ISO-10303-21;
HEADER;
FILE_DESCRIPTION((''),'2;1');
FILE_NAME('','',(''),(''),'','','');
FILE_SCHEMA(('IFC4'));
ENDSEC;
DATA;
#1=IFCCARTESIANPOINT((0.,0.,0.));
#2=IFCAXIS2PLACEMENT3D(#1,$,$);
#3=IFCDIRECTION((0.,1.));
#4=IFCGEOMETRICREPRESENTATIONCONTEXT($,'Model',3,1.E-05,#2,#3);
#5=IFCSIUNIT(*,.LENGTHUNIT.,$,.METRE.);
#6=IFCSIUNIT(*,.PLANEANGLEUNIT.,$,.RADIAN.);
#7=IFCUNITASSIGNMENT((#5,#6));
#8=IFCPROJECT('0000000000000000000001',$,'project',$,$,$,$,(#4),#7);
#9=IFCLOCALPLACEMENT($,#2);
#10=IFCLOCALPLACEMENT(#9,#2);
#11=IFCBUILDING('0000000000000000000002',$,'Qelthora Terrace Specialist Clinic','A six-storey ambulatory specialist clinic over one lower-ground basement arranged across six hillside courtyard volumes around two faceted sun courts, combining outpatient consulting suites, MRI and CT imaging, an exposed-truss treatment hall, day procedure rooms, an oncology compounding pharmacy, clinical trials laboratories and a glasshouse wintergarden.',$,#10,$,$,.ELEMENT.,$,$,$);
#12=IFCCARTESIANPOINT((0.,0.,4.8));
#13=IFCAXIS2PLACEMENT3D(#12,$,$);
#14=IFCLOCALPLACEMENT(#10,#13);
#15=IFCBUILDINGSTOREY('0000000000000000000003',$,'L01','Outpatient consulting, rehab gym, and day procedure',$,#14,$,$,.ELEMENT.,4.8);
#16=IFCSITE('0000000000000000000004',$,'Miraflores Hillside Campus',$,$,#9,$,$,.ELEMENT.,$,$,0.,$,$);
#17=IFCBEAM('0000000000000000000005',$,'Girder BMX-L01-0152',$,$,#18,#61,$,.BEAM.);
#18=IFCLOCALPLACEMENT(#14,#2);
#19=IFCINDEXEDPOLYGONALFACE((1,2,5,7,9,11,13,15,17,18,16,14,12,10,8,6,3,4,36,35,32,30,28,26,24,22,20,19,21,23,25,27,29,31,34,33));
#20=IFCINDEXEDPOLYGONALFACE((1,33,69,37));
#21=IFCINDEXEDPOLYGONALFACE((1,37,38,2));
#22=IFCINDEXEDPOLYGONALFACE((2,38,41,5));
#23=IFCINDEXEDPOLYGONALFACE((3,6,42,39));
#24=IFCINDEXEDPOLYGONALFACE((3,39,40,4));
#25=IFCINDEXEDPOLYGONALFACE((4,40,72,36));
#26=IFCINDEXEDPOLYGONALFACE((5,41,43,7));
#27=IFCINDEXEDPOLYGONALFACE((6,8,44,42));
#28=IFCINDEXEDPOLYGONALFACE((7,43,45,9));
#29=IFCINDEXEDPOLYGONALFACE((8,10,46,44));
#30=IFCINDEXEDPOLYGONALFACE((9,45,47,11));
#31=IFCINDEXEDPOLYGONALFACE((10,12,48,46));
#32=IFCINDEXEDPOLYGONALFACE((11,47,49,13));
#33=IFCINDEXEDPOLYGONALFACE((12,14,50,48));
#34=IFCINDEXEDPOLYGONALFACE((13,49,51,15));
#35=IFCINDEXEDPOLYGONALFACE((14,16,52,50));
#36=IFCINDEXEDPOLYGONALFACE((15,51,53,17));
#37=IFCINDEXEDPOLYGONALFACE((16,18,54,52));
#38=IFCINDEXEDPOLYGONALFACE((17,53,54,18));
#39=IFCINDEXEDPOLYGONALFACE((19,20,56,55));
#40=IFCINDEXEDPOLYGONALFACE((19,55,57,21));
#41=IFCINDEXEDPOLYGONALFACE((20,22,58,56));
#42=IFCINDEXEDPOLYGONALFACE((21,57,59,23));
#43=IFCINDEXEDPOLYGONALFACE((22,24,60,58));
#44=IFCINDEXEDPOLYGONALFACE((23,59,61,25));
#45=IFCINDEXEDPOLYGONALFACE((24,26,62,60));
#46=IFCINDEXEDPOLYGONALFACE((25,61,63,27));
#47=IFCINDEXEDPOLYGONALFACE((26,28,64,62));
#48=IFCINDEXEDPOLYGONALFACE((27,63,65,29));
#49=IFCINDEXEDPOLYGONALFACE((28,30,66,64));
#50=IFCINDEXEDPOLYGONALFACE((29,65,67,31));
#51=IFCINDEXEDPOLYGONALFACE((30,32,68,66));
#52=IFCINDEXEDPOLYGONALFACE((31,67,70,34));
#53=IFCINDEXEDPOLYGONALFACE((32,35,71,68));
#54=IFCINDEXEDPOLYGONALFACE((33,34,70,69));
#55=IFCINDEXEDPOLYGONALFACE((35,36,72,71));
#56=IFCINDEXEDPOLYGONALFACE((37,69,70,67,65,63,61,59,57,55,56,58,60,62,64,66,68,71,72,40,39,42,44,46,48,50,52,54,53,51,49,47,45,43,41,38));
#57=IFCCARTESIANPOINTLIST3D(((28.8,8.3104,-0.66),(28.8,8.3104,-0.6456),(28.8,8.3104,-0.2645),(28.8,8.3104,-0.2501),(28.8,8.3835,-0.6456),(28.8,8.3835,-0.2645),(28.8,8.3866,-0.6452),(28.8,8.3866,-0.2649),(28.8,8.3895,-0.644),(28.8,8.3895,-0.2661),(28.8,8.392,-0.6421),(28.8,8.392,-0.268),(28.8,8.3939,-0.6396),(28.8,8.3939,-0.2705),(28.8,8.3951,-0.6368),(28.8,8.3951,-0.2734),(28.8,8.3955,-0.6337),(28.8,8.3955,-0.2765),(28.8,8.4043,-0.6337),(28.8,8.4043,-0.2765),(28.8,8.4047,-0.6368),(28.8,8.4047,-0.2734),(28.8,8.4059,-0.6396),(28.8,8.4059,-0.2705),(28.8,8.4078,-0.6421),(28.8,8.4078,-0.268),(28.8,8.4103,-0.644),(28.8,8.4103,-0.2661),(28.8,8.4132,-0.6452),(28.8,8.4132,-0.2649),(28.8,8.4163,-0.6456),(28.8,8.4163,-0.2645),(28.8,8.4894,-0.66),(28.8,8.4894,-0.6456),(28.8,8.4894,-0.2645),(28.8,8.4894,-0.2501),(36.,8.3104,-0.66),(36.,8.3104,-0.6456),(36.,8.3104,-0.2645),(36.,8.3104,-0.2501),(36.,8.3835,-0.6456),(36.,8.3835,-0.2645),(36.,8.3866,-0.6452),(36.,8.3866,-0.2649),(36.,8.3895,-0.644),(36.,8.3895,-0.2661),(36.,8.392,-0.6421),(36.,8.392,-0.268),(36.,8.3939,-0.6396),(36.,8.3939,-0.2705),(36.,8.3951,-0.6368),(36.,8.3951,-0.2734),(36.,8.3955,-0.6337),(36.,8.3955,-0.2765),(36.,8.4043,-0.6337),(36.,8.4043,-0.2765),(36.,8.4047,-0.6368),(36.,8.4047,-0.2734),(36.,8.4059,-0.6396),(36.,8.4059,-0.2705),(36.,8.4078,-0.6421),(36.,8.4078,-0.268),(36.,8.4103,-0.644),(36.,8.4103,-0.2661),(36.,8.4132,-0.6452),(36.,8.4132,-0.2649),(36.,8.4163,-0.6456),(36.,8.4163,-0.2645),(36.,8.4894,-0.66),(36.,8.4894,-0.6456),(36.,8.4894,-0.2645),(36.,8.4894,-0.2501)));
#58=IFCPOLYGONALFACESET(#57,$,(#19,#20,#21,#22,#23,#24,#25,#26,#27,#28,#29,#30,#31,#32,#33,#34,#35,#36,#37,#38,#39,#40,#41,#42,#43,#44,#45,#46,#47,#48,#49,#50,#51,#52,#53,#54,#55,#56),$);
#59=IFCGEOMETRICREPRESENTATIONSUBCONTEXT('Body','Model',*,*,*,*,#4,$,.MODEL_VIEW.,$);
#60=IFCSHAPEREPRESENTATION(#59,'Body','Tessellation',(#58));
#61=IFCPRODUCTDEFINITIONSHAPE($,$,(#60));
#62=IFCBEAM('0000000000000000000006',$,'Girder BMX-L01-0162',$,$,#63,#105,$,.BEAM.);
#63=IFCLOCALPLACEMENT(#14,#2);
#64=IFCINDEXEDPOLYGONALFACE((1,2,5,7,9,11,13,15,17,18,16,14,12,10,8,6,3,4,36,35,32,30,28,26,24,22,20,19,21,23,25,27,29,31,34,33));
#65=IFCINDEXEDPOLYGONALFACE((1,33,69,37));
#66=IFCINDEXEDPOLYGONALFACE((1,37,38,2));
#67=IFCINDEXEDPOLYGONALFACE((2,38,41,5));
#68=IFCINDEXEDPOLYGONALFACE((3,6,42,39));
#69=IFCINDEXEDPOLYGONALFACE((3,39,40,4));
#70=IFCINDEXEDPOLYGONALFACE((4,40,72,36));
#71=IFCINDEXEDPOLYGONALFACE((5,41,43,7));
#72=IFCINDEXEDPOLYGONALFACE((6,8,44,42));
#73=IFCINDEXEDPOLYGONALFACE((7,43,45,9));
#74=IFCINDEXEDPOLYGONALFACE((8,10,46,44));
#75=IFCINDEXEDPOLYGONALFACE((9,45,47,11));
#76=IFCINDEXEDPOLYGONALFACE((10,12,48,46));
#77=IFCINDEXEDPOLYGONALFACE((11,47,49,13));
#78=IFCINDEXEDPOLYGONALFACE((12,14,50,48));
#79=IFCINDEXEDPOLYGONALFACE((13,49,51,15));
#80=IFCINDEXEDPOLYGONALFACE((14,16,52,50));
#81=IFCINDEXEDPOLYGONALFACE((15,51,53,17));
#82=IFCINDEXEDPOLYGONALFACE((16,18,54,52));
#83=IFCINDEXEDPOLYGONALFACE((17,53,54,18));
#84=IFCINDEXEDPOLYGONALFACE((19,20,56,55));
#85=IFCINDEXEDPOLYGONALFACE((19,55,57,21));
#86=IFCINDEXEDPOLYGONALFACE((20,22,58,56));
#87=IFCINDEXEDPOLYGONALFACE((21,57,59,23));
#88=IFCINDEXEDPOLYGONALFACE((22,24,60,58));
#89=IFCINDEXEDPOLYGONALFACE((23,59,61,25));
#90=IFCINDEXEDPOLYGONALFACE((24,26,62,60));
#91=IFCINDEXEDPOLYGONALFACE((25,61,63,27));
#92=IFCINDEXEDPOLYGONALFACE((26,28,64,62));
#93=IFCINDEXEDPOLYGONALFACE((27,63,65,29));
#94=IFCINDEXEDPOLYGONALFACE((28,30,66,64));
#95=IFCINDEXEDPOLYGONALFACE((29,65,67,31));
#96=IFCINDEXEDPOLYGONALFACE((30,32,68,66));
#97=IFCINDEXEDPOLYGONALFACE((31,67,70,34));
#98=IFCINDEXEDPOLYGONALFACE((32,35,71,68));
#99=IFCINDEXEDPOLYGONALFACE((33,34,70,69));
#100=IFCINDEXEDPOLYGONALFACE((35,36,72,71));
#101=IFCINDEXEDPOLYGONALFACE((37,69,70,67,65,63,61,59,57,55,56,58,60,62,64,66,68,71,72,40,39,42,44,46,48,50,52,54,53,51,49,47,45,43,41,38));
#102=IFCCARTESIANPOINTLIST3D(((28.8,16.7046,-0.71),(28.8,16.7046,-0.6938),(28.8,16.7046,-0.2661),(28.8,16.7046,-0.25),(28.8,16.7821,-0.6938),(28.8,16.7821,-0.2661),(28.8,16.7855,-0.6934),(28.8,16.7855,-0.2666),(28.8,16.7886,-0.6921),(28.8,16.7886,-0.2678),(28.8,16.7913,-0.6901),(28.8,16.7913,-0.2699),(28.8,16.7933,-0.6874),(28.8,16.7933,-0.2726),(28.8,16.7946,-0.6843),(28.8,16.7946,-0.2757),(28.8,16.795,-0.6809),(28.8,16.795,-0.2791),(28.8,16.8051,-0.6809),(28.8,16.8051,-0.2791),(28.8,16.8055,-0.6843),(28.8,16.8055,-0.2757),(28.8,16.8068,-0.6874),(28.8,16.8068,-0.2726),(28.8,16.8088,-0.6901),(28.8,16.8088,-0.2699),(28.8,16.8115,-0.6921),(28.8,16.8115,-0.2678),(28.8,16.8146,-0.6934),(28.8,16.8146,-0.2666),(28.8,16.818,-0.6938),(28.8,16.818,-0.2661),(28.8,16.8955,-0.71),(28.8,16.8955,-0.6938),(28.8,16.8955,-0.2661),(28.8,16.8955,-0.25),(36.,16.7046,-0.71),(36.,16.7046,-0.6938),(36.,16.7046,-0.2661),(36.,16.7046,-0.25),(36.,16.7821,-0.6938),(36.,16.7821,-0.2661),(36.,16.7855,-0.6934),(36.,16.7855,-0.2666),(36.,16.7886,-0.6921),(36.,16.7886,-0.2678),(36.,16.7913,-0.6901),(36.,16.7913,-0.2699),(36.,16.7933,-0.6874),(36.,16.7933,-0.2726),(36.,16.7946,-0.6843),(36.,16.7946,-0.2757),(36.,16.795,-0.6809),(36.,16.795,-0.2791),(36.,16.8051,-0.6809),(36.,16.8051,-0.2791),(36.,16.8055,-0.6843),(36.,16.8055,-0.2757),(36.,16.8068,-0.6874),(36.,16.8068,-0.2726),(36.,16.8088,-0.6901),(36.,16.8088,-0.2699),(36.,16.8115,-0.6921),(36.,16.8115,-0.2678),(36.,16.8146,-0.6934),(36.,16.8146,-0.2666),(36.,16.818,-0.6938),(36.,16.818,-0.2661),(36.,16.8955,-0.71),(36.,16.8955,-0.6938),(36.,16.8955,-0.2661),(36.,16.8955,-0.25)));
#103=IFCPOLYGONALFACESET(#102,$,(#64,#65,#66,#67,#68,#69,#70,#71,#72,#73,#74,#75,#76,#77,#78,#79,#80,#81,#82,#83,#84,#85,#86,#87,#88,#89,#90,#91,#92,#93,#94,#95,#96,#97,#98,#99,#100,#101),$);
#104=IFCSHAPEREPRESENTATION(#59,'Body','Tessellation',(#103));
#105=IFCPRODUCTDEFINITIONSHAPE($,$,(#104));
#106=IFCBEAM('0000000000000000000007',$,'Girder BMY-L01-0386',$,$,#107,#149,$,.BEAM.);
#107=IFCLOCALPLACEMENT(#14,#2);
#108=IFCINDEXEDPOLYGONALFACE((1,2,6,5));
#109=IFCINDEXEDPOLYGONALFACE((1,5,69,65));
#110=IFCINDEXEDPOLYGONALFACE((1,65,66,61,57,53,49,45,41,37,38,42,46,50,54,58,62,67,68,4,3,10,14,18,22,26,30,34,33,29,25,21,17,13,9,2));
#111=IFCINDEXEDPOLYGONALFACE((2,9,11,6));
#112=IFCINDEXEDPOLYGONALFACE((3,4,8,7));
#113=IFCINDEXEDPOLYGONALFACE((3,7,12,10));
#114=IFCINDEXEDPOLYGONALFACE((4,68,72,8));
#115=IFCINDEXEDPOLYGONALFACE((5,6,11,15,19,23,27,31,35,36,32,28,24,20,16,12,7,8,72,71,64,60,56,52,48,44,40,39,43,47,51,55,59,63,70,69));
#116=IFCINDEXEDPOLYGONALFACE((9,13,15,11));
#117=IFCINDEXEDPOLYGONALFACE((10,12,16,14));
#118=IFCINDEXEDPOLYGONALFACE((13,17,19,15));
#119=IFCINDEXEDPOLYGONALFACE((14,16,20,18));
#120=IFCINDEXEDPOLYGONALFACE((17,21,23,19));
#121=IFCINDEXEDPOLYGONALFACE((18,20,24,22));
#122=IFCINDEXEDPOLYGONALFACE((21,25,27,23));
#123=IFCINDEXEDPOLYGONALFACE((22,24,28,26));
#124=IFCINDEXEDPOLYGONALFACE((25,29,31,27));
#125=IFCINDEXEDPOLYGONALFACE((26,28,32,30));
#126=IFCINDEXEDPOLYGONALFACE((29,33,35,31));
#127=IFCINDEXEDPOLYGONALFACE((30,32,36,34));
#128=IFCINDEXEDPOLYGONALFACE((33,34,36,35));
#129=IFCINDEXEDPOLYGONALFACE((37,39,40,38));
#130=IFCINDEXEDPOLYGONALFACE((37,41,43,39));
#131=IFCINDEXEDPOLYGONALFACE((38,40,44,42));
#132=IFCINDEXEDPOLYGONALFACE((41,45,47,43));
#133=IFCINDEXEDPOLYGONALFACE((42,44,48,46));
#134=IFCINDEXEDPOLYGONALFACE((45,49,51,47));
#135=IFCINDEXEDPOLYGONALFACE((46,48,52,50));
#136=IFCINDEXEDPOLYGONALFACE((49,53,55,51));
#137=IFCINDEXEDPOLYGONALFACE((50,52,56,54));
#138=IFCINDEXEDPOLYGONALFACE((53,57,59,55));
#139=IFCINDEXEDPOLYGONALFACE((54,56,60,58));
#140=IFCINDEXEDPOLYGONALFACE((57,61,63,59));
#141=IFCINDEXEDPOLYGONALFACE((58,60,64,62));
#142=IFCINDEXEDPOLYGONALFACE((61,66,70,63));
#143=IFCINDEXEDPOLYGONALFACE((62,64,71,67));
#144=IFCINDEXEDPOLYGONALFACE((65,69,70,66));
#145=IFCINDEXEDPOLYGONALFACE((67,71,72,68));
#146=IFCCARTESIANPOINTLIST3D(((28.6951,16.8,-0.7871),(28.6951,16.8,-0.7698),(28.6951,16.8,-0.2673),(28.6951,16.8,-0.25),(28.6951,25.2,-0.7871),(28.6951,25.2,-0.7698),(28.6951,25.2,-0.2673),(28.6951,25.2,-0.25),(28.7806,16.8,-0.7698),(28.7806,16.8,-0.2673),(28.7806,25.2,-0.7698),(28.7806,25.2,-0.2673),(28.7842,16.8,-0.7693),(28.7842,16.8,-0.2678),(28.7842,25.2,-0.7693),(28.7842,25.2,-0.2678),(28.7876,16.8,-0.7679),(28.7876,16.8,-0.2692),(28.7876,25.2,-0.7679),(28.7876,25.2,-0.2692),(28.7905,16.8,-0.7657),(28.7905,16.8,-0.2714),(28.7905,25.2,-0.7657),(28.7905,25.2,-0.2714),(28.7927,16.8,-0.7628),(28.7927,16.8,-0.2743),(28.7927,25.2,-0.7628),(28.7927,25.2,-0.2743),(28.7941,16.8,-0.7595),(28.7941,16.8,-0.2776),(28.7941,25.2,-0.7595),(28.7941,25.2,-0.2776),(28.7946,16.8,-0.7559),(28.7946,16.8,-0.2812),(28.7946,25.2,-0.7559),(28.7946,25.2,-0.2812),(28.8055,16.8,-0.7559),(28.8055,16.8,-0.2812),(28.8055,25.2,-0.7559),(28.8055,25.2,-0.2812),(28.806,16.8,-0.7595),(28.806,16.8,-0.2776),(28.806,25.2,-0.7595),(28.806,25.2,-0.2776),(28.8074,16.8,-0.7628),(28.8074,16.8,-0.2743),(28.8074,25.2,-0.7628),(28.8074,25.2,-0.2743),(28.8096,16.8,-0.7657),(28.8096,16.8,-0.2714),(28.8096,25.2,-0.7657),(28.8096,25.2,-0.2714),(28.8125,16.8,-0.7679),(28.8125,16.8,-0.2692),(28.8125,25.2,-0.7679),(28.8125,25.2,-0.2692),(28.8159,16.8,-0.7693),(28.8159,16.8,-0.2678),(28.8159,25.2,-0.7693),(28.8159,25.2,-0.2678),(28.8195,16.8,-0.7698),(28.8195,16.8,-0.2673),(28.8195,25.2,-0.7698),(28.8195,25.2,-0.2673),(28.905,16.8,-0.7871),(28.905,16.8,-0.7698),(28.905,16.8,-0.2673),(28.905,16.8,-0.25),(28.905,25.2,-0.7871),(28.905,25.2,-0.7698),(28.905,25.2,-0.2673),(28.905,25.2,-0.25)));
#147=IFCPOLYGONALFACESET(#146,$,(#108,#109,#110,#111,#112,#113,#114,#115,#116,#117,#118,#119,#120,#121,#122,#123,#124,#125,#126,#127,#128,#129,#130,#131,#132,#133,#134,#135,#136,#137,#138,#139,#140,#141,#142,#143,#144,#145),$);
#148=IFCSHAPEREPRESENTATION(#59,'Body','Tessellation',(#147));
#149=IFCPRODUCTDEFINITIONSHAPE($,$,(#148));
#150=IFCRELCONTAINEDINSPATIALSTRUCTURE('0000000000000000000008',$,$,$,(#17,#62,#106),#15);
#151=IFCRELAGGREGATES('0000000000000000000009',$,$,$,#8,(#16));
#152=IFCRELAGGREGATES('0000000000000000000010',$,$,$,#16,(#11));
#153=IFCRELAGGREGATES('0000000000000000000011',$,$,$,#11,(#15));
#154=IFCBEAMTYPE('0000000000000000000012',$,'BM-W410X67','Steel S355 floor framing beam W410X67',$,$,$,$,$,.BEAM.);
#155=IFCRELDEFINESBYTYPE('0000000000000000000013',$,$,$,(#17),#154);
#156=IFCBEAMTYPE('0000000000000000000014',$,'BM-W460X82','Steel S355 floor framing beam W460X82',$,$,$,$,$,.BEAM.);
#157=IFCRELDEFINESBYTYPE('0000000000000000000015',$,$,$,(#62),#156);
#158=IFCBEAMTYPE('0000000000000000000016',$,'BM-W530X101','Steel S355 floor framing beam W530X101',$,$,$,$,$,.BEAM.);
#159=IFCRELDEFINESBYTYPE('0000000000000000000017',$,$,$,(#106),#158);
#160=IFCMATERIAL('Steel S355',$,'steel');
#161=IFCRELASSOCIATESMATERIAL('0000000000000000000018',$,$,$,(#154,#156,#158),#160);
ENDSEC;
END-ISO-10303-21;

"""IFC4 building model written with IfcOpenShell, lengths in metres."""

from ifc_helpers import new_model, si_unit, direction, frame, origin, origin_2d, place, context, subcontext, project, spatial, i_section, extrude, material, material_profile, profile_set, type_object, element, save


model = new_model("IFC4")

# Units and contexts
model_context = context("Model", 3, precision=1e-05, world=origin(), true_north=direction((0.0, 1.0)))
body_context = subcontext(model_context, "Body", "Model", "MODEL_VIEW")
ifc_project = project(units=[si_unit("LENGTHUNIT", "METRE"), si_unit("PLANEANGLEUNIT", "RADIAN")], contexts=[model_context])

# Site, building, storey
site_placement = place(None, origin())
site = spatial("IfcSite", under=ifc_project, at=site_placement, Name="Miraflores Hillside Campus", CompositionType="ELEMENT", RefElevation=0.0)
building_placement = place(site_placement, origin())
building = spatial("IfcBuilding", under=site, at=building_placement, Name="Qelthora Terrace Specialist Clinic", Description="A six-storey ambulatory specialist clinic over one lower-ground basement arranged across six hillside courtyard volumes around two faceted sun courts, combining outpatient consulting suites, MRI and CT imaging, an exposed-truss treatment hall, day procedure rooms, an oncology compounding pharmacy, clinical trials laboratories and a glasshouse wintergarden.", CompositionType="ELEMENT")
storey_placement = place(building_placement, frame((0.0, 0.0, 4.8)))
storey = spatial("IfcBuildingStorey", under=building, at=storey_placement, Name="L01", Description="Outpatient consulting, rehab gym, and day procedure", CompositionType="ELEMENT", Elevation=4.8)

# Shared definitions
ifc_material_1 = material(Name="Steel S355", Category="steel")

# Beams
ifc_material_profile_1 = material_profile(ifc_material_1, i_section(OverallWidth=0.179, OverallDepth=0.4099, WebThickness=0.0088, FlangeThickness=0.0144, FilletRadius=0.012, at=origin_2d()), Name="W410X67")
ifc_profile_set_1 = profile_set([ifc_material_profile_1], Name="Steel S355")
beam_type_1 = type_object("IfcBeamType", Name="BM-W410X67", Description="Steel S355 floor framing beam W410X67", PredefinedType="BEAM", material=ifc_profile_set_1)
beam_1_placement = place(storey_placement, frame((28.8, 8.3999, -0.4551), z_axis=(1.0, 0.0, 0.0), x_axis=(0.0, 1.0, 0.0)))
element("IfcBeam", 1, at=beam_1_placement, inside=storey, type_object=beam_type_1, Name="Girder BMX-L01-0152", PredefinedType="BEAM", context=body_context, shape_type="SweptSolid", body=[
    extrude(i_section(OverallWidth=0.179, OverallDepth=0.4099, WebThickness=0.0088, FlangeThickness=0.0144, FilletRadius=0.012, at=origin_2d()), origin(), (0.0, 0.0, 1.0), 7.2),
])
ifc_material_profile_2 = material_profile(ifc_material_1, i_section(OverallWidth=0.1909, OverallDepth=0.46, WebThickness=0.01, FlangeThickness=0.0161, FilletRadius=0.0129, at=origin_2d()), Name="W460X82")
ifc_profile_set_2 = profile_set([ifc_material_profile_2], Name="Steel S355")
beam_type_2 = type_object("IfcBeamType", Name="BM-W460X82", Description="Steel S355 floor framing beam W460X82", PredefinedType="BEAM", material=ifc_profile_set_2)
beam_2_placement = place(storey_placement, frame((28.8, 16.8, -0.48), z_axis=(1.0, 0.0, 0.0), x_axis=(0.0, 1.0, 0.0)))
element("IfcBeam", 2, at=beam_2_placement, inside=storey, type_object=beam_type_2, Name="Girder BMX-L01-0162", PredefinedType="BEAM", context=body_context, shape_type="SweptSolid", body=[
    extrude(i_section(OverallWidth=0.1909, OverallDepth=0.46, WebThickness=0.01, FlangeThickness=0.0161, FilletRadius=0.0129, at=origin_2d()), origin(), (0.0, 0.0, 1.0), 7.2),
])
ifc_material_profile_3 = material_profile(ifc_material_1, i_section(OverallWidth=0.21, OverallDepth=0.5371, WebThickness=0.011, FlangeThickness=0.0173, FilletRadius=0.0139, at=origin_2d()), Name="W530X101")
ifc_profile_set_3 = profile_set([ifc_material_profile_3], Name="Steel S355")
beam_type_3 = type_object("IfcBeamType", Name="BM-W530X101", Description="Steel S355 floor framing beam W530X101", PredefinedType="BEAM", material=ifc_profile_set_3)
beam_3_placement = place(storey_placement, frame((28.8, 16.8, -0.5186), z_axis=(0.0, 1.0, 0.0), x_axis=(-1.0, 0.0, 0.0)))
element("IfcBeam", 3, at=beam_3_placement, inside=storey, type_object=beam_type_3, Name="Girder BMY-L01-0386", PredefinedType="BEAM", context=body_context, shape_type="SweptSolid", body=[
    extrude(i_section(OverallWidth=0.21, OverallDepth=0.5371, WebThickness=0.011, FlangeThickness=0.0173, FilletRadius=0.0139, at=origin_2d()), origin(), (0.0, 0.0, 1.0), 8.3999),
])

save(model, "model.ifc")
